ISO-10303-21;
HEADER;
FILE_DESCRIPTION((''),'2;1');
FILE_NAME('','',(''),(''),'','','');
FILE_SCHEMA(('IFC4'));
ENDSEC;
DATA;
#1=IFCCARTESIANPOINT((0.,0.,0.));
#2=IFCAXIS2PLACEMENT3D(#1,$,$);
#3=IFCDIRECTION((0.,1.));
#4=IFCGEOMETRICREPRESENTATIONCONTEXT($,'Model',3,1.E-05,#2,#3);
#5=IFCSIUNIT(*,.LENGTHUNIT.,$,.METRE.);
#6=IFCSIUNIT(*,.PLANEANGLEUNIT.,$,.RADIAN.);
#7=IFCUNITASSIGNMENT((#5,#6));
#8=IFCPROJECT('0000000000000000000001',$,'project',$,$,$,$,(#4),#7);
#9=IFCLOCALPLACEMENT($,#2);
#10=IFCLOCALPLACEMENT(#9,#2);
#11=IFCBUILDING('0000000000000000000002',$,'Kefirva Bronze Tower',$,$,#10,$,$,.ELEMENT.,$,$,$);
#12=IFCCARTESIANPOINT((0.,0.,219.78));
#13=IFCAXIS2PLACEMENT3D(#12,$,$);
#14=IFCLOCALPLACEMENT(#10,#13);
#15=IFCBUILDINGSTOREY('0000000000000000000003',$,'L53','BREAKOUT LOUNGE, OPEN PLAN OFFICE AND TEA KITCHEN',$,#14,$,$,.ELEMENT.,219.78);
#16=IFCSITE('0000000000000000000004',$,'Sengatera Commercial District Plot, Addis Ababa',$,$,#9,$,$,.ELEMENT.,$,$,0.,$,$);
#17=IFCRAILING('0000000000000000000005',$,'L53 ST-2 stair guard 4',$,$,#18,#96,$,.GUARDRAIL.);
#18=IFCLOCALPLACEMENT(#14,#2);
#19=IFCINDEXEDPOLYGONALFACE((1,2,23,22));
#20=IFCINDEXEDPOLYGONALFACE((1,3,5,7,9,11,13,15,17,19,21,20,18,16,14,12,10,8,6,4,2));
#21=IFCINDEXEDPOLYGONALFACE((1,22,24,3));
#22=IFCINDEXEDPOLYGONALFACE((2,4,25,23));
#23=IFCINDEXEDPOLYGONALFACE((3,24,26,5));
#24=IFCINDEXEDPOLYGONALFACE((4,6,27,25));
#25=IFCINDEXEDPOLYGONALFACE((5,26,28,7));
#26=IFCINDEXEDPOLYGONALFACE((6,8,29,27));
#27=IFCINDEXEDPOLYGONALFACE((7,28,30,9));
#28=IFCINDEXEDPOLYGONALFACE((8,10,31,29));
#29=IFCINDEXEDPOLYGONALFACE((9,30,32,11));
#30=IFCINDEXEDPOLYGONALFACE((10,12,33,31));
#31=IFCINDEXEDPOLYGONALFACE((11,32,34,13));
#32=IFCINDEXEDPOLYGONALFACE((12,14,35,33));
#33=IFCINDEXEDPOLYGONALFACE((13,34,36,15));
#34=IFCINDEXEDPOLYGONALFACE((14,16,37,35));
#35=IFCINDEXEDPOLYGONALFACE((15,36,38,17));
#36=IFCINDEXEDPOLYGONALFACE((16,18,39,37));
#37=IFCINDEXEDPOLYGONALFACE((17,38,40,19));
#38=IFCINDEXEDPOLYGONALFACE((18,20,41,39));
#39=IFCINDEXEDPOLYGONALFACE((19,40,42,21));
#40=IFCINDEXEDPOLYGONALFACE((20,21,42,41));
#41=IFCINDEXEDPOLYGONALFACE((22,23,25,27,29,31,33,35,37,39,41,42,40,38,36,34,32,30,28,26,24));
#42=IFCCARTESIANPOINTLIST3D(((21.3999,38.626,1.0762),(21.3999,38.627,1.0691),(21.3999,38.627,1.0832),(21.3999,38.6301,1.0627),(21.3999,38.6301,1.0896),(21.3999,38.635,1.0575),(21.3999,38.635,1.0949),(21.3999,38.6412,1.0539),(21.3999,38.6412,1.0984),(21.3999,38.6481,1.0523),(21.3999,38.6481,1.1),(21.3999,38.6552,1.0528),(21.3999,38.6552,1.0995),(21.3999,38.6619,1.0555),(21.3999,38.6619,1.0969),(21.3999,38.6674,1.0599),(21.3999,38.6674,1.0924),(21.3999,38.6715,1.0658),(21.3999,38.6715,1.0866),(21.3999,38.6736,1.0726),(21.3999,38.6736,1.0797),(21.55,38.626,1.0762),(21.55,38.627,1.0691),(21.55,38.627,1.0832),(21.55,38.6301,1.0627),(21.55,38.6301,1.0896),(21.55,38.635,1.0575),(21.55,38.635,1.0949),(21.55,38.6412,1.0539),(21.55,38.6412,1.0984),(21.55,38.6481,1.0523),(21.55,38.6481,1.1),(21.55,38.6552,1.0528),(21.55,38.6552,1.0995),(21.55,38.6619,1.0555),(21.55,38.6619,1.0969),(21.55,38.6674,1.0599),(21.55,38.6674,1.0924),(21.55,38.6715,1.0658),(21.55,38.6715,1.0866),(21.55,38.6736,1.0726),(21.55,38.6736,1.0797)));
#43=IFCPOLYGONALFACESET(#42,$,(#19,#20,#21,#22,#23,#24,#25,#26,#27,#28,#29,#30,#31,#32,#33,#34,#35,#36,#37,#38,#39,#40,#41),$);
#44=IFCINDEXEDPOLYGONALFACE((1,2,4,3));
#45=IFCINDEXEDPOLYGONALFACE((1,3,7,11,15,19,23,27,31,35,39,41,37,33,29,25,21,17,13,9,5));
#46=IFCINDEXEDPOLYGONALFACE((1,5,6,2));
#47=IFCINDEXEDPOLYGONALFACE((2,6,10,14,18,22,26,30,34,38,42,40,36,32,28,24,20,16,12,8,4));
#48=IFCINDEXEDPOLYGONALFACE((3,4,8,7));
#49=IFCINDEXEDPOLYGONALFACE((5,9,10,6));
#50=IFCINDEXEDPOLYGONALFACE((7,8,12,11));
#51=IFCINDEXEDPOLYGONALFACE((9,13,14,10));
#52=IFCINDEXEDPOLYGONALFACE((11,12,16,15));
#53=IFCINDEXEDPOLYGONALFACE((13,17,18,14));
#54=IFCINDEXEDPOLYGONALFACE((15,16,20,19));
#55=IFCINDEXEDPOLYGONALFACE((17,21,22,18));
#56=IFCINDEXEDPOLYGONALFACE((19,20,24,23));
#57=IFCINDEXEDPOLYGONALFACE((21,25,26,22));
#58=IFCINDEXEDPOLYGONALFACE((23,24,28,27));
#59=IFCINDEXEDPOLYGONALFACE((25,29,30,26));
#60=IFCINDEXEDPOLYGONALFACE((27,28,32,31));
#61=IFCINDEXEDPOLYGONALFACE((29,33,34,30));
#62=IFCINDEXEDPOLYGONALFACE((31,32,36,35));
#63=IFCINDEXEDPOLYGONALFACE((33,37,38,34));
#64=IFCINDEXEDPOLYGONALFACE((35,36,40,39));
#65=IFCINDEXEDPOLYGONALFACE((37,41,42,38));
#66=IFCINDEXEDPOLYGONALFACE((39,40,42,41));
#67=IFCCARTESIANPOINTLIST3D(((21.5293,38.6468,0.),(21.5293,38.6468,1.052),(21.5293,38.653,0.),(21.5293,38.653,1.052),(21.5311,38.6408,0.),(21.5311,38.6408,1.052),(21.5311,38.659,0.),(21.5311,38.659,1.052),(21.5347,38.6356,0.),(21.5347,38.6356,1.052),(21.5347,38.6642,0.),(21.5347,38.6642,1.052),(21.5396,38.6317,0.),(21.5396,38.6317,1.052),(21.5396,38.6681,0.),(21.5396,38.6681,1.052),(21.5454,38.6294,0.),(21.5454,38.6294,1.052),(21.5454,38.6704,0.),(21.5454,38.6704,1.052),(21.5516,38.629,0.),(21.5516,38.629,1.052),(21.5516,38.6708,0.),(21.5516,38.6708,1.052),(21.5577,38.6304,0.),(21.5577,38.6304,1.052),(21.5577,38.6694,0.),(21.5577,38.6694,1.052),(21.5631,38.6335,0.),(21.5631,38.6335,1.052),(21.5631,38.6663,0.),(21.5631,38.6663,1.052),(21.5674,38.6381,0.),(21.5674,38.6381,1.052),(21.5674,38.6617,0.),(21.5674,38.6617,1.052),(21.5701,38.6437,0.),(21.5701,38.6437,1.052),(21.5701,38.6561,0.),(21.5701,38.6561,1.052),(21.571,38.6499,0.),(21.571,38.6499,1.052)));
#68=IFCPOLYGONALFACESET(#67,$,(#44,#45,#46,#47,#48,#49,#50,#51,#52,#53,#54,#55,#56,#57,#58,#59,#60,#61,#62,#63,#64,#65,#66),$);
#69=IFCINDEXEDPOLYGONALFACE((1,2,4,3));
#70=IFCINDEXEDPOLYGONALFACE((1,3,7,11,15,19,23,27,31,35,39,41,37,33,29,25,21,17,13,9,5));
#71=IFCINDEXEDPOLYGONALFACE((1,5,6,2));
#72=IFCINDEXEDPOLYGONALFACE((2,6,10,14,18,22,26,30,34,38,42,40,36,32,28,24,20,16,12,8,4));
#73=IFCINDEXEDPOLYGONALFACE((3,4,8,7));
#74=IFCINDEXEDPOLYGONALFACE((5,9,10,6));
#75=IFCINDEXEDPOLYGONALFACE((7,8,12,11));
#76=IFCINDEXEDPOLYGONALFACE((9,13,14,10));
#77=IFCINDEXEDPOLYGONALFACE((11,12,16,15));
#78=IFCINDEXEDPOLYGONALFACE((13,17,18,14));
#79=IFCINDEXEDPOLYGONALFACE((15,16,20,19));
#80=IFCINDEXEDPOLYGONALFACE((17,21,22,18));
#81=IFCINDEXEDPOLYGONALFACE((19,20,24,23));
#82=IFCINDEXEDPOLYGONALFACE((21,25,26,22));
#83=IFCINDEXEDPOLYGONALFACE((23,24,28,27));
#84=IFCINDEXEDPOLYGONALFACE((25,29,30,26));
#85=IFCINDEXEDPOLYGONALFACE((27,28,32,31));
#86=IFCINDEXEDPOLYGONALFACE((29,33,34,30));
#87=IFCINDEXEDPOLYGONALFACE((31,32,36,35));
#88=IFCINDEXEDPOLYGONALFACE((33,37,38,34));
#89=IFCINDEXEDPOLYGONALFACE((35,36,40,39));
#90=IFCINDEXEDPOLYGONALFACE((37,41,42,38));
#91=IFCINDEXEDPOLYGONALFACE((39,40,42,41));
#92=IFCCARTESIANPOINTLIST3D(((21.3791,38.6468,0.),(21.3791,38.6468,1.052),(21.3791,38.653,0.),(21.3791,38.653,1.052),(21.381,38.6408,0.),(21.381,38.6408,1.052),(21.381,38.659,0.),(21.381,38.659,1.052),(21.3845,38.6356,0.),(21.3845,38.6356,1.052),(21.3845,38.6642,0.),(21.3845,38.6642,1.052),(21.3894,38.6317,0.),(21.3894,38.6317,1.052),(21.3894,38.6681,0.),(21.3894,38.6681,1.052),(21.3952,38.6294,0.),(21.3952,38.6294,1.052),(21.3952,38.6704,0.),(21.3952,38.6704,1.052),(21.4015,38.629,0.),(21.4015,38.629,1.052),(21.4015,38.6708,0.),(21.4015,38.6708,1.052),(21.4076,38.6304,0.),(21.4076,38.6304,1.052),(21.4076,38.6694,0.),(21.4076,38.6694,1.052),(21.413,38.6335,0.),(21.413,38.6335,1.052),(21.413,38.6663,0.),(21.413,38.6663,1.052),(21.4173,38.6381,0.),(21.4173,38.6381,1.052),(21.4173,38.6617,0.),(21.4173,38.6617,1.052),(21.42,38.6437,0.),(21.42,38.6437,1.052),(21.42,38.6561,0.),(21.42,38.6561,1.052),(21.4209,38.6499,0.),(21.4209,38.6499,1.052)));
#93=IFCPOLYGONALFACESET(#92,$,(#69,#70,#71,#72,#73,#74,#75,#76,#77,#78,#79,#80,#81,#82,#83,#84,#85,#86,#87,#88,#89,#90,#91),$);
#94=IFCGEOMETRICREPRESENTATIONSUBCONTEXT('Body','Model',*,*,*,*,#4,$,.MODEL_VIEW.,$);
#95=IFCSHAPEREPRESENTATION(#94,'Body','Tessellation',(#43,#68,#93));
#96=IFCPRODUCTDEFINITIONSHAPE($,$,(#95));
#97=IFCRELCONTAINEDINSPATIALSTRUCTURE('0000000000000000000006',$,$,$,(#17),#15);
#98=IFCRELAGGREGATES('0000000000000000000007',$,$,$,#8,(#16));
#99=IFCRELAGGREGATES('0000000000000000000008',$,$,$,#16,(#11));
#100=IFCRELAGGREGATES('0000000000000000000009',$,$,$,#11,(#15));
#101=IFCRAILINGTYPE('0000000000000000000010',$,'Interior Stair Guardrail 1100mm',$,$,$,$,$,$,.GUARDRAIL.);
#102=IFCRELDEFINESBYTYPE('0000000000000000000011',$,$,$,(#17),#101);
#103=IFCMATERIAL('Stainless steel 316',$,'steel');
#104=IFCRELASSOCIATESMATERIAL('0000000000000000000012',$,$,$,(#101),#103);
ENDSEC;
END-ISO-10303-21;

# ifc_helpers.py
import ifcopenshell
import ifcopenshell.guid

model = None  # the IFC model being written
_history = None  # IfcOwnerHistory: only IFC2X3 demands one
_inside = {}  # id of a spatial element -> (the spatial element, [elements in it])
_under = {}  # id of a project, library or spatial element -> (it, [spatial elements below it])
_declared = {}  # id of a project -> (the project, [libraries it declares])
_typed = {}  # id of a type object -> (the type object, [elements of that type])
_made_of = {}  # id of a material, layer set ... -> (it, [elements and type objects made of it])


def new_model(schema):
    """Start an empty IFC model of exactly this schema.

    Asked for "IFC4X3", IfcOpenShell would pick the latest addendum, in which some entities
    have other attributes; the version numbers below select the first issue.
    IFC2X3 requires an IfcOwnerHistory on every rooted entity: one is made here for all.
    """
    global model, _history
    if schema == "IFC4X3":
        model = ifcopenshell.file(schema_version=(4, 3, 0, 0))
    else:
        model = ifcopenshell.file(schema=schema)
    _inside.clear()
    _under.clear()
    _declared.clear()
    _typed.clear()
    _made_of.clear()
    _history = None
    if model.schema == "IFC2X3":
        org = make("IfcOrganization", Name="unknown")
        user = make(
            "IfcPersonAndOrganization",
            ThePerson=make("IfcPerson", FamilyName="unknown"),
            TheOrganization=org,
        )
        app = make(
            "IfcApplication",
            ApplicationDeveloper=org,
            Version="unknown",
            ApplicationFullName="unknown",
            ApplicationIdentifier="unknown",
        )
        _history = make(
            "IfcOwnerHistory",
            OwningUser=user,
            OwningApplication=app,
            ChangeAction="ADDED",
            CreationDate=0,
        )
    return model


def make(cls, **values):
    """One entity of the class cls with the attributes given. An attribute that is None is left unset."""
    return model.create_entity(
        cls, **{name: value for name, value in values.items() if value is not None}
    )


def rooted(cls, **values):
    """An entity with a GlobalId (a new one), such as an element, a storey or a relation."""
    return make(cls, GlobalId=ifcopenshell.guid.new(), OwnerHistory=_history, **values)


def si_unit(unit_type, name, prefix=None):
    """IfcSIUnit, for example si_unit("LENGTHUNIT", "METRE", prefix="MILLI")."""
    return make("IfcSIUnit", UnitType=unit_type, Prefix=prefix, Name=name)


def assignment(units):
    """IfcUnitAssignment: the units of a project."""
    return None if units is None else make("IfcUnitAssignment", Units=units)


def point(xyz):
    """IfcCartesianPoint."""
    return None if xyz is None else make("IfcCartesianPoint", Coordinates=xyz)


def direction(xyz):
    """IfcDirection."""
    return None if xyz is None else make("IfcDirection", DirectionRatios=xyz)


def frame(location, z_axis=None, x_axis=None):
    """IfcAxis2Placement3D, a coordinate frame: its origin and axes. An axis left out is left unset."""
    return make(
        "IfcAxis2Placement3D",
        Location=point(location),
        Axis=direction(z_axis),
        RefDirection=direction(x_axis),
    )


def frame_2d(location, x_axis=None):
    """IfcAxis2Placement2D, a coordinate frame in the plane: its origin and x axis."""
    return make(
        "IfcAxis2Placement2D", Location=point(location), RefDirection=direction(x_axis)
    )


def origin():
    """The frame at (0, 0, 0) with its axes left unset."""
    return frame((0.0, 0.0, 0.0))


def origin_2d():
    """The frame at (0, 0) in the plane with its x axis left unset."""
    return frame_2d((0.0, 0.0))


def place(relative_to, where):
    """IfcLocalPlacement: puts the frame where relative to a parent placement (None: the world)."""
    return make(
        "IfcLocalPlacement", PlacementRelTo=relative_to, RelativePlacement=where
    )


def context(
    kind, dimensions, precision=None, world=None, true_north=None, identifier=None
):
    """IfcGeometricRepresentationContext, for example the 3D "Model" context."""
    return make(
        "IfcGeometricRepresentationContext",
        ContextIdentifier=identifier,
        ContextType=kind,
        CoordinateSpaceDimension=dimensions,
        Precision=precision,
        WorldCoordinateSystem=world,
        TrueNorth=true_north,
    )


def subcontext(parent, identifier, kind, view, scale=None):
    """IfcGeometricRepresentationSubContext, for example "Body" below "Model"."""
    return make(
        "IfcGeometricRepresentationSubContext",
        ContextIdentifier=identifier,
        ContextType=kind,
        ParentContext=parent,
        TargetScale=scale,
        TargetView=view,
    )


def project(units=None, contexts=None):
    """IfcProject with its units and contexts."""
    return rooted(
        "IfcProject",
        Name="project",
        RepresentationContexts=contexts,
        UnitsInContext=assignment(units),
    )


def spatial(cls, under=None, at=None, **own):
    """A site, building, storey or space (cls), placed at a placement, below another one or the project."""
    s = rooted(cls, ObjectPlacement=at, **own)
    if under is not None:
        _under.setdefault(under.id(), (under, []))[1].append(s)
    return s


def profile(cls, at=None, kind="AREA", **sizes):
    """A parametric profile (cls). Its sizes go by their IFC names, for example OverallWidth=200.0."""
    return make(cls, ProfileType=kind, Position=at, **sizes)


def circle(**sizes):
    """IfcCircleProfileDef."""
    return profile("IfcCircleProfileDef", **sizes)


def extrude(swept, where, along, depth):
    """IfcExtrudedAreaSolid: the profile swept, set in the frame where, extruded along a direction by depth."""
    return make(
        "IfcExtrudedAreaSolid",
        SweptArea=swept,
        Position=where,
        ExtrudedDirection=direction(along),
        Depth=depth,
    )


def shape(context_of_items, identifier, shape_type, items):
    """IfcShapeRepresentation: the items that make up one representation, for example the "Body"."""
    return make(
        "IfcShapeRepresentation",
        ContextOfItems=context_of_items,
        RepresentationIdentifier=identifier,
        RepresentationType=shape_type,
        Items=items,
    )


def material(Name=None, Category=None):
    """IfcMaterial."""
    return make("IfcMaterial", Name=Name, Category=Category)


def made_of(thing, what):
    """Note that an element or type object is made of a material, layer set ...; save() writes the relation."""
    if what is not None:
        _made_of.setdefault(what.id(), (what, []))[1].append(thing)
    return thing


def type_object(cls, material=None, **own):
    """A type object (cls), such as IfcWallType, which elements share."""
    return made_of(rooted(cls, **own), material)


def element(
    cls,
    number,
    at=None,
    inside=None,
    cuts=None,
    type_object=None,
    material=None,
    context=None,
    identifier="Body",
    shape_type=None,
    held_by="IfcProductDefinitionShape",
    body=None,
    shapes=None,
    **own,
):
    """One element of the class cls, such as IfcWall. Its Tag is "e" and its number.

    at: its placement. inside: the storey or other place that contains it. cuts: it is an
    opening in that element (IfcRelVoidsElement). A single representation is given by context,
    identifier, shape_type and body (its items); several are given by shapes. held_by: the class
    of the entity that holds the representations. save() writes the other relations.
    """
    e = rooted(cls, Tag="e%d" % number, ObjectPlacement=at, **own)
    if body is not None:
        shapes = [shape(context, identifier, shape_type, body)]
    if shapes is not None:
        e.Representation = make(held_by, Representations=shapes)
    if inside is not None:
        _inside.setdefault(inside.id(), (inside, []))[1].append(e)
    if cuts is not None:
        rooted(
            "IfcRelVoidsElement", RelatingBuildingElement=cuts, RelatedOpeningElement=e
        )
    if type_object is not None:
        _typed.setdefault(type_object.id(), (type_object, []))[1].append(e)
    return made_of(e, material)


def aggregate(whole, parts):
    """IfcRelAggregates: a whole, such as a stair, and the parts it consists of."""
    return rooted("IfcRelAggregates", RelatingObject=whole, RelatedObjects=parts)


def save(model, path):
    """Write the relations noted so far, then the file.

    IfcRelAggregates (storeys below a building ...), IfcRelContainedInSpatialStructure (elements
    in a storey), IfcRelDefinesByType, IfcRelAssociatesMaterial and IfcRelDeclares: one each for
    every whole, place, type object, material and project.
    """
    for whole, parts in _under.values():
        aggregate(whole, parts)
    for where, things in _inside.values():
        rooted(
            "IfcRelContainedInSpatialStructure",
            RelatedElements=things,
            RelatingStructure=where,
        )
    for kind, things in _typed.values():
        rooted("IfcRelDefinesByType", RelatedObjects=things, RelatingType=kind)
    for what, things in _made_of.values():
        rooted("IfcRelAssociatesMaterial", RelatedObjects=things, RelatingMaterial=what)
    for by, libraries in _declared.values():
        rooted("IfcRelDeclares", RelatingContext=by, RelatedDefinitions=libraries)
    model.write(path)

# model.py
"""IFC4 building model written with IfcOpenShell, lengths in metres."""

from ifc_helpers import new_model, si_unit, direction, frame, origin, origin_2d, place, context, subcontext, project, spatial, circle, extrude, material, type_object, element, save


model = new_model("IFC4")

# Units and contexts
model_context = context("Model", 3, precision=1e-05, world=origin(), true_north=direction((0.0, 1.0)))
body_context = subcontext(model_context, "Body", "Model", "MODEL_VIEW")
ifc_project = project(units=[si_unit("LENGTHUNIT", "METRE"), si_unit("PLANEANGLEUNIT", "RADIAN")], contexts=[model_context])

# Site, building, storey
site_placement = place(None, origin())
site = spatial("IfcSite", under=ifc_project, at=site_placement, Name="Sengatera Commercial District Plot, Addis Ababa", CompositionType="ELEMENT", RefElevation=0.0)
building_placement = place(site_placement, origin())
building = spatial("IfcBuilding", under=site, at=building_placement, Name="Kefirva Bronze Tower", CompositionType="ELEMENT")
storey_placement = place(building_placement, frame((0.0, 0.0, 219.78)))
storey = spatial("IfcBuildingStorey", under=building, at=storey_placement, Name="L53", Description="BREAKOUT LOUNGE, OPEN PLAN OFFICE AND TEA KITCHEN", CompositionType="ELEMENT", Elevation=219.78)

# Railing
ifc_material_1 = material(Name="Stainless steel 316", Category="steel")
railing_type_1 = type_object("IfcRailingType", Name="Interior Stair Guardrail 1100mm", PredefinedType="GUARDRAIL", material=ifc_material_1)
railing_1_placement = place(storey_placement, frame((21.55, 38.6499, 0.0)))
element("IfcRailing", 1, at=railing_1_placement, inside=storey, type_object=railing_type_1, Name="L53 ST-2 stair guard 4", PredefinedType="GUARDRAIL", context=body_context, shape_type="SweptSolid", body=[
    extrude(circle(Radius=0.0239, at=origin_2d()), frame((0.0, 0.0, 1.0762), z_axis=(-1.0, 0.0, 0.0), x_axis=(0.0, -1.0, 0.0)), (0.0, 0.0, 1.0), 0.1501),
    extrude(circle(Radius=0.021, at=origin_2d()), origin(), (0.0, 0.0, 1.0), 1.052),
    extrude(circle(Radius=0.021, at=origin_2d()), frame((-0.1501, 0.0, 0.0)), (0.0, 0.0, 1.0), 1.052),
])

save(model, "model.ifc")
